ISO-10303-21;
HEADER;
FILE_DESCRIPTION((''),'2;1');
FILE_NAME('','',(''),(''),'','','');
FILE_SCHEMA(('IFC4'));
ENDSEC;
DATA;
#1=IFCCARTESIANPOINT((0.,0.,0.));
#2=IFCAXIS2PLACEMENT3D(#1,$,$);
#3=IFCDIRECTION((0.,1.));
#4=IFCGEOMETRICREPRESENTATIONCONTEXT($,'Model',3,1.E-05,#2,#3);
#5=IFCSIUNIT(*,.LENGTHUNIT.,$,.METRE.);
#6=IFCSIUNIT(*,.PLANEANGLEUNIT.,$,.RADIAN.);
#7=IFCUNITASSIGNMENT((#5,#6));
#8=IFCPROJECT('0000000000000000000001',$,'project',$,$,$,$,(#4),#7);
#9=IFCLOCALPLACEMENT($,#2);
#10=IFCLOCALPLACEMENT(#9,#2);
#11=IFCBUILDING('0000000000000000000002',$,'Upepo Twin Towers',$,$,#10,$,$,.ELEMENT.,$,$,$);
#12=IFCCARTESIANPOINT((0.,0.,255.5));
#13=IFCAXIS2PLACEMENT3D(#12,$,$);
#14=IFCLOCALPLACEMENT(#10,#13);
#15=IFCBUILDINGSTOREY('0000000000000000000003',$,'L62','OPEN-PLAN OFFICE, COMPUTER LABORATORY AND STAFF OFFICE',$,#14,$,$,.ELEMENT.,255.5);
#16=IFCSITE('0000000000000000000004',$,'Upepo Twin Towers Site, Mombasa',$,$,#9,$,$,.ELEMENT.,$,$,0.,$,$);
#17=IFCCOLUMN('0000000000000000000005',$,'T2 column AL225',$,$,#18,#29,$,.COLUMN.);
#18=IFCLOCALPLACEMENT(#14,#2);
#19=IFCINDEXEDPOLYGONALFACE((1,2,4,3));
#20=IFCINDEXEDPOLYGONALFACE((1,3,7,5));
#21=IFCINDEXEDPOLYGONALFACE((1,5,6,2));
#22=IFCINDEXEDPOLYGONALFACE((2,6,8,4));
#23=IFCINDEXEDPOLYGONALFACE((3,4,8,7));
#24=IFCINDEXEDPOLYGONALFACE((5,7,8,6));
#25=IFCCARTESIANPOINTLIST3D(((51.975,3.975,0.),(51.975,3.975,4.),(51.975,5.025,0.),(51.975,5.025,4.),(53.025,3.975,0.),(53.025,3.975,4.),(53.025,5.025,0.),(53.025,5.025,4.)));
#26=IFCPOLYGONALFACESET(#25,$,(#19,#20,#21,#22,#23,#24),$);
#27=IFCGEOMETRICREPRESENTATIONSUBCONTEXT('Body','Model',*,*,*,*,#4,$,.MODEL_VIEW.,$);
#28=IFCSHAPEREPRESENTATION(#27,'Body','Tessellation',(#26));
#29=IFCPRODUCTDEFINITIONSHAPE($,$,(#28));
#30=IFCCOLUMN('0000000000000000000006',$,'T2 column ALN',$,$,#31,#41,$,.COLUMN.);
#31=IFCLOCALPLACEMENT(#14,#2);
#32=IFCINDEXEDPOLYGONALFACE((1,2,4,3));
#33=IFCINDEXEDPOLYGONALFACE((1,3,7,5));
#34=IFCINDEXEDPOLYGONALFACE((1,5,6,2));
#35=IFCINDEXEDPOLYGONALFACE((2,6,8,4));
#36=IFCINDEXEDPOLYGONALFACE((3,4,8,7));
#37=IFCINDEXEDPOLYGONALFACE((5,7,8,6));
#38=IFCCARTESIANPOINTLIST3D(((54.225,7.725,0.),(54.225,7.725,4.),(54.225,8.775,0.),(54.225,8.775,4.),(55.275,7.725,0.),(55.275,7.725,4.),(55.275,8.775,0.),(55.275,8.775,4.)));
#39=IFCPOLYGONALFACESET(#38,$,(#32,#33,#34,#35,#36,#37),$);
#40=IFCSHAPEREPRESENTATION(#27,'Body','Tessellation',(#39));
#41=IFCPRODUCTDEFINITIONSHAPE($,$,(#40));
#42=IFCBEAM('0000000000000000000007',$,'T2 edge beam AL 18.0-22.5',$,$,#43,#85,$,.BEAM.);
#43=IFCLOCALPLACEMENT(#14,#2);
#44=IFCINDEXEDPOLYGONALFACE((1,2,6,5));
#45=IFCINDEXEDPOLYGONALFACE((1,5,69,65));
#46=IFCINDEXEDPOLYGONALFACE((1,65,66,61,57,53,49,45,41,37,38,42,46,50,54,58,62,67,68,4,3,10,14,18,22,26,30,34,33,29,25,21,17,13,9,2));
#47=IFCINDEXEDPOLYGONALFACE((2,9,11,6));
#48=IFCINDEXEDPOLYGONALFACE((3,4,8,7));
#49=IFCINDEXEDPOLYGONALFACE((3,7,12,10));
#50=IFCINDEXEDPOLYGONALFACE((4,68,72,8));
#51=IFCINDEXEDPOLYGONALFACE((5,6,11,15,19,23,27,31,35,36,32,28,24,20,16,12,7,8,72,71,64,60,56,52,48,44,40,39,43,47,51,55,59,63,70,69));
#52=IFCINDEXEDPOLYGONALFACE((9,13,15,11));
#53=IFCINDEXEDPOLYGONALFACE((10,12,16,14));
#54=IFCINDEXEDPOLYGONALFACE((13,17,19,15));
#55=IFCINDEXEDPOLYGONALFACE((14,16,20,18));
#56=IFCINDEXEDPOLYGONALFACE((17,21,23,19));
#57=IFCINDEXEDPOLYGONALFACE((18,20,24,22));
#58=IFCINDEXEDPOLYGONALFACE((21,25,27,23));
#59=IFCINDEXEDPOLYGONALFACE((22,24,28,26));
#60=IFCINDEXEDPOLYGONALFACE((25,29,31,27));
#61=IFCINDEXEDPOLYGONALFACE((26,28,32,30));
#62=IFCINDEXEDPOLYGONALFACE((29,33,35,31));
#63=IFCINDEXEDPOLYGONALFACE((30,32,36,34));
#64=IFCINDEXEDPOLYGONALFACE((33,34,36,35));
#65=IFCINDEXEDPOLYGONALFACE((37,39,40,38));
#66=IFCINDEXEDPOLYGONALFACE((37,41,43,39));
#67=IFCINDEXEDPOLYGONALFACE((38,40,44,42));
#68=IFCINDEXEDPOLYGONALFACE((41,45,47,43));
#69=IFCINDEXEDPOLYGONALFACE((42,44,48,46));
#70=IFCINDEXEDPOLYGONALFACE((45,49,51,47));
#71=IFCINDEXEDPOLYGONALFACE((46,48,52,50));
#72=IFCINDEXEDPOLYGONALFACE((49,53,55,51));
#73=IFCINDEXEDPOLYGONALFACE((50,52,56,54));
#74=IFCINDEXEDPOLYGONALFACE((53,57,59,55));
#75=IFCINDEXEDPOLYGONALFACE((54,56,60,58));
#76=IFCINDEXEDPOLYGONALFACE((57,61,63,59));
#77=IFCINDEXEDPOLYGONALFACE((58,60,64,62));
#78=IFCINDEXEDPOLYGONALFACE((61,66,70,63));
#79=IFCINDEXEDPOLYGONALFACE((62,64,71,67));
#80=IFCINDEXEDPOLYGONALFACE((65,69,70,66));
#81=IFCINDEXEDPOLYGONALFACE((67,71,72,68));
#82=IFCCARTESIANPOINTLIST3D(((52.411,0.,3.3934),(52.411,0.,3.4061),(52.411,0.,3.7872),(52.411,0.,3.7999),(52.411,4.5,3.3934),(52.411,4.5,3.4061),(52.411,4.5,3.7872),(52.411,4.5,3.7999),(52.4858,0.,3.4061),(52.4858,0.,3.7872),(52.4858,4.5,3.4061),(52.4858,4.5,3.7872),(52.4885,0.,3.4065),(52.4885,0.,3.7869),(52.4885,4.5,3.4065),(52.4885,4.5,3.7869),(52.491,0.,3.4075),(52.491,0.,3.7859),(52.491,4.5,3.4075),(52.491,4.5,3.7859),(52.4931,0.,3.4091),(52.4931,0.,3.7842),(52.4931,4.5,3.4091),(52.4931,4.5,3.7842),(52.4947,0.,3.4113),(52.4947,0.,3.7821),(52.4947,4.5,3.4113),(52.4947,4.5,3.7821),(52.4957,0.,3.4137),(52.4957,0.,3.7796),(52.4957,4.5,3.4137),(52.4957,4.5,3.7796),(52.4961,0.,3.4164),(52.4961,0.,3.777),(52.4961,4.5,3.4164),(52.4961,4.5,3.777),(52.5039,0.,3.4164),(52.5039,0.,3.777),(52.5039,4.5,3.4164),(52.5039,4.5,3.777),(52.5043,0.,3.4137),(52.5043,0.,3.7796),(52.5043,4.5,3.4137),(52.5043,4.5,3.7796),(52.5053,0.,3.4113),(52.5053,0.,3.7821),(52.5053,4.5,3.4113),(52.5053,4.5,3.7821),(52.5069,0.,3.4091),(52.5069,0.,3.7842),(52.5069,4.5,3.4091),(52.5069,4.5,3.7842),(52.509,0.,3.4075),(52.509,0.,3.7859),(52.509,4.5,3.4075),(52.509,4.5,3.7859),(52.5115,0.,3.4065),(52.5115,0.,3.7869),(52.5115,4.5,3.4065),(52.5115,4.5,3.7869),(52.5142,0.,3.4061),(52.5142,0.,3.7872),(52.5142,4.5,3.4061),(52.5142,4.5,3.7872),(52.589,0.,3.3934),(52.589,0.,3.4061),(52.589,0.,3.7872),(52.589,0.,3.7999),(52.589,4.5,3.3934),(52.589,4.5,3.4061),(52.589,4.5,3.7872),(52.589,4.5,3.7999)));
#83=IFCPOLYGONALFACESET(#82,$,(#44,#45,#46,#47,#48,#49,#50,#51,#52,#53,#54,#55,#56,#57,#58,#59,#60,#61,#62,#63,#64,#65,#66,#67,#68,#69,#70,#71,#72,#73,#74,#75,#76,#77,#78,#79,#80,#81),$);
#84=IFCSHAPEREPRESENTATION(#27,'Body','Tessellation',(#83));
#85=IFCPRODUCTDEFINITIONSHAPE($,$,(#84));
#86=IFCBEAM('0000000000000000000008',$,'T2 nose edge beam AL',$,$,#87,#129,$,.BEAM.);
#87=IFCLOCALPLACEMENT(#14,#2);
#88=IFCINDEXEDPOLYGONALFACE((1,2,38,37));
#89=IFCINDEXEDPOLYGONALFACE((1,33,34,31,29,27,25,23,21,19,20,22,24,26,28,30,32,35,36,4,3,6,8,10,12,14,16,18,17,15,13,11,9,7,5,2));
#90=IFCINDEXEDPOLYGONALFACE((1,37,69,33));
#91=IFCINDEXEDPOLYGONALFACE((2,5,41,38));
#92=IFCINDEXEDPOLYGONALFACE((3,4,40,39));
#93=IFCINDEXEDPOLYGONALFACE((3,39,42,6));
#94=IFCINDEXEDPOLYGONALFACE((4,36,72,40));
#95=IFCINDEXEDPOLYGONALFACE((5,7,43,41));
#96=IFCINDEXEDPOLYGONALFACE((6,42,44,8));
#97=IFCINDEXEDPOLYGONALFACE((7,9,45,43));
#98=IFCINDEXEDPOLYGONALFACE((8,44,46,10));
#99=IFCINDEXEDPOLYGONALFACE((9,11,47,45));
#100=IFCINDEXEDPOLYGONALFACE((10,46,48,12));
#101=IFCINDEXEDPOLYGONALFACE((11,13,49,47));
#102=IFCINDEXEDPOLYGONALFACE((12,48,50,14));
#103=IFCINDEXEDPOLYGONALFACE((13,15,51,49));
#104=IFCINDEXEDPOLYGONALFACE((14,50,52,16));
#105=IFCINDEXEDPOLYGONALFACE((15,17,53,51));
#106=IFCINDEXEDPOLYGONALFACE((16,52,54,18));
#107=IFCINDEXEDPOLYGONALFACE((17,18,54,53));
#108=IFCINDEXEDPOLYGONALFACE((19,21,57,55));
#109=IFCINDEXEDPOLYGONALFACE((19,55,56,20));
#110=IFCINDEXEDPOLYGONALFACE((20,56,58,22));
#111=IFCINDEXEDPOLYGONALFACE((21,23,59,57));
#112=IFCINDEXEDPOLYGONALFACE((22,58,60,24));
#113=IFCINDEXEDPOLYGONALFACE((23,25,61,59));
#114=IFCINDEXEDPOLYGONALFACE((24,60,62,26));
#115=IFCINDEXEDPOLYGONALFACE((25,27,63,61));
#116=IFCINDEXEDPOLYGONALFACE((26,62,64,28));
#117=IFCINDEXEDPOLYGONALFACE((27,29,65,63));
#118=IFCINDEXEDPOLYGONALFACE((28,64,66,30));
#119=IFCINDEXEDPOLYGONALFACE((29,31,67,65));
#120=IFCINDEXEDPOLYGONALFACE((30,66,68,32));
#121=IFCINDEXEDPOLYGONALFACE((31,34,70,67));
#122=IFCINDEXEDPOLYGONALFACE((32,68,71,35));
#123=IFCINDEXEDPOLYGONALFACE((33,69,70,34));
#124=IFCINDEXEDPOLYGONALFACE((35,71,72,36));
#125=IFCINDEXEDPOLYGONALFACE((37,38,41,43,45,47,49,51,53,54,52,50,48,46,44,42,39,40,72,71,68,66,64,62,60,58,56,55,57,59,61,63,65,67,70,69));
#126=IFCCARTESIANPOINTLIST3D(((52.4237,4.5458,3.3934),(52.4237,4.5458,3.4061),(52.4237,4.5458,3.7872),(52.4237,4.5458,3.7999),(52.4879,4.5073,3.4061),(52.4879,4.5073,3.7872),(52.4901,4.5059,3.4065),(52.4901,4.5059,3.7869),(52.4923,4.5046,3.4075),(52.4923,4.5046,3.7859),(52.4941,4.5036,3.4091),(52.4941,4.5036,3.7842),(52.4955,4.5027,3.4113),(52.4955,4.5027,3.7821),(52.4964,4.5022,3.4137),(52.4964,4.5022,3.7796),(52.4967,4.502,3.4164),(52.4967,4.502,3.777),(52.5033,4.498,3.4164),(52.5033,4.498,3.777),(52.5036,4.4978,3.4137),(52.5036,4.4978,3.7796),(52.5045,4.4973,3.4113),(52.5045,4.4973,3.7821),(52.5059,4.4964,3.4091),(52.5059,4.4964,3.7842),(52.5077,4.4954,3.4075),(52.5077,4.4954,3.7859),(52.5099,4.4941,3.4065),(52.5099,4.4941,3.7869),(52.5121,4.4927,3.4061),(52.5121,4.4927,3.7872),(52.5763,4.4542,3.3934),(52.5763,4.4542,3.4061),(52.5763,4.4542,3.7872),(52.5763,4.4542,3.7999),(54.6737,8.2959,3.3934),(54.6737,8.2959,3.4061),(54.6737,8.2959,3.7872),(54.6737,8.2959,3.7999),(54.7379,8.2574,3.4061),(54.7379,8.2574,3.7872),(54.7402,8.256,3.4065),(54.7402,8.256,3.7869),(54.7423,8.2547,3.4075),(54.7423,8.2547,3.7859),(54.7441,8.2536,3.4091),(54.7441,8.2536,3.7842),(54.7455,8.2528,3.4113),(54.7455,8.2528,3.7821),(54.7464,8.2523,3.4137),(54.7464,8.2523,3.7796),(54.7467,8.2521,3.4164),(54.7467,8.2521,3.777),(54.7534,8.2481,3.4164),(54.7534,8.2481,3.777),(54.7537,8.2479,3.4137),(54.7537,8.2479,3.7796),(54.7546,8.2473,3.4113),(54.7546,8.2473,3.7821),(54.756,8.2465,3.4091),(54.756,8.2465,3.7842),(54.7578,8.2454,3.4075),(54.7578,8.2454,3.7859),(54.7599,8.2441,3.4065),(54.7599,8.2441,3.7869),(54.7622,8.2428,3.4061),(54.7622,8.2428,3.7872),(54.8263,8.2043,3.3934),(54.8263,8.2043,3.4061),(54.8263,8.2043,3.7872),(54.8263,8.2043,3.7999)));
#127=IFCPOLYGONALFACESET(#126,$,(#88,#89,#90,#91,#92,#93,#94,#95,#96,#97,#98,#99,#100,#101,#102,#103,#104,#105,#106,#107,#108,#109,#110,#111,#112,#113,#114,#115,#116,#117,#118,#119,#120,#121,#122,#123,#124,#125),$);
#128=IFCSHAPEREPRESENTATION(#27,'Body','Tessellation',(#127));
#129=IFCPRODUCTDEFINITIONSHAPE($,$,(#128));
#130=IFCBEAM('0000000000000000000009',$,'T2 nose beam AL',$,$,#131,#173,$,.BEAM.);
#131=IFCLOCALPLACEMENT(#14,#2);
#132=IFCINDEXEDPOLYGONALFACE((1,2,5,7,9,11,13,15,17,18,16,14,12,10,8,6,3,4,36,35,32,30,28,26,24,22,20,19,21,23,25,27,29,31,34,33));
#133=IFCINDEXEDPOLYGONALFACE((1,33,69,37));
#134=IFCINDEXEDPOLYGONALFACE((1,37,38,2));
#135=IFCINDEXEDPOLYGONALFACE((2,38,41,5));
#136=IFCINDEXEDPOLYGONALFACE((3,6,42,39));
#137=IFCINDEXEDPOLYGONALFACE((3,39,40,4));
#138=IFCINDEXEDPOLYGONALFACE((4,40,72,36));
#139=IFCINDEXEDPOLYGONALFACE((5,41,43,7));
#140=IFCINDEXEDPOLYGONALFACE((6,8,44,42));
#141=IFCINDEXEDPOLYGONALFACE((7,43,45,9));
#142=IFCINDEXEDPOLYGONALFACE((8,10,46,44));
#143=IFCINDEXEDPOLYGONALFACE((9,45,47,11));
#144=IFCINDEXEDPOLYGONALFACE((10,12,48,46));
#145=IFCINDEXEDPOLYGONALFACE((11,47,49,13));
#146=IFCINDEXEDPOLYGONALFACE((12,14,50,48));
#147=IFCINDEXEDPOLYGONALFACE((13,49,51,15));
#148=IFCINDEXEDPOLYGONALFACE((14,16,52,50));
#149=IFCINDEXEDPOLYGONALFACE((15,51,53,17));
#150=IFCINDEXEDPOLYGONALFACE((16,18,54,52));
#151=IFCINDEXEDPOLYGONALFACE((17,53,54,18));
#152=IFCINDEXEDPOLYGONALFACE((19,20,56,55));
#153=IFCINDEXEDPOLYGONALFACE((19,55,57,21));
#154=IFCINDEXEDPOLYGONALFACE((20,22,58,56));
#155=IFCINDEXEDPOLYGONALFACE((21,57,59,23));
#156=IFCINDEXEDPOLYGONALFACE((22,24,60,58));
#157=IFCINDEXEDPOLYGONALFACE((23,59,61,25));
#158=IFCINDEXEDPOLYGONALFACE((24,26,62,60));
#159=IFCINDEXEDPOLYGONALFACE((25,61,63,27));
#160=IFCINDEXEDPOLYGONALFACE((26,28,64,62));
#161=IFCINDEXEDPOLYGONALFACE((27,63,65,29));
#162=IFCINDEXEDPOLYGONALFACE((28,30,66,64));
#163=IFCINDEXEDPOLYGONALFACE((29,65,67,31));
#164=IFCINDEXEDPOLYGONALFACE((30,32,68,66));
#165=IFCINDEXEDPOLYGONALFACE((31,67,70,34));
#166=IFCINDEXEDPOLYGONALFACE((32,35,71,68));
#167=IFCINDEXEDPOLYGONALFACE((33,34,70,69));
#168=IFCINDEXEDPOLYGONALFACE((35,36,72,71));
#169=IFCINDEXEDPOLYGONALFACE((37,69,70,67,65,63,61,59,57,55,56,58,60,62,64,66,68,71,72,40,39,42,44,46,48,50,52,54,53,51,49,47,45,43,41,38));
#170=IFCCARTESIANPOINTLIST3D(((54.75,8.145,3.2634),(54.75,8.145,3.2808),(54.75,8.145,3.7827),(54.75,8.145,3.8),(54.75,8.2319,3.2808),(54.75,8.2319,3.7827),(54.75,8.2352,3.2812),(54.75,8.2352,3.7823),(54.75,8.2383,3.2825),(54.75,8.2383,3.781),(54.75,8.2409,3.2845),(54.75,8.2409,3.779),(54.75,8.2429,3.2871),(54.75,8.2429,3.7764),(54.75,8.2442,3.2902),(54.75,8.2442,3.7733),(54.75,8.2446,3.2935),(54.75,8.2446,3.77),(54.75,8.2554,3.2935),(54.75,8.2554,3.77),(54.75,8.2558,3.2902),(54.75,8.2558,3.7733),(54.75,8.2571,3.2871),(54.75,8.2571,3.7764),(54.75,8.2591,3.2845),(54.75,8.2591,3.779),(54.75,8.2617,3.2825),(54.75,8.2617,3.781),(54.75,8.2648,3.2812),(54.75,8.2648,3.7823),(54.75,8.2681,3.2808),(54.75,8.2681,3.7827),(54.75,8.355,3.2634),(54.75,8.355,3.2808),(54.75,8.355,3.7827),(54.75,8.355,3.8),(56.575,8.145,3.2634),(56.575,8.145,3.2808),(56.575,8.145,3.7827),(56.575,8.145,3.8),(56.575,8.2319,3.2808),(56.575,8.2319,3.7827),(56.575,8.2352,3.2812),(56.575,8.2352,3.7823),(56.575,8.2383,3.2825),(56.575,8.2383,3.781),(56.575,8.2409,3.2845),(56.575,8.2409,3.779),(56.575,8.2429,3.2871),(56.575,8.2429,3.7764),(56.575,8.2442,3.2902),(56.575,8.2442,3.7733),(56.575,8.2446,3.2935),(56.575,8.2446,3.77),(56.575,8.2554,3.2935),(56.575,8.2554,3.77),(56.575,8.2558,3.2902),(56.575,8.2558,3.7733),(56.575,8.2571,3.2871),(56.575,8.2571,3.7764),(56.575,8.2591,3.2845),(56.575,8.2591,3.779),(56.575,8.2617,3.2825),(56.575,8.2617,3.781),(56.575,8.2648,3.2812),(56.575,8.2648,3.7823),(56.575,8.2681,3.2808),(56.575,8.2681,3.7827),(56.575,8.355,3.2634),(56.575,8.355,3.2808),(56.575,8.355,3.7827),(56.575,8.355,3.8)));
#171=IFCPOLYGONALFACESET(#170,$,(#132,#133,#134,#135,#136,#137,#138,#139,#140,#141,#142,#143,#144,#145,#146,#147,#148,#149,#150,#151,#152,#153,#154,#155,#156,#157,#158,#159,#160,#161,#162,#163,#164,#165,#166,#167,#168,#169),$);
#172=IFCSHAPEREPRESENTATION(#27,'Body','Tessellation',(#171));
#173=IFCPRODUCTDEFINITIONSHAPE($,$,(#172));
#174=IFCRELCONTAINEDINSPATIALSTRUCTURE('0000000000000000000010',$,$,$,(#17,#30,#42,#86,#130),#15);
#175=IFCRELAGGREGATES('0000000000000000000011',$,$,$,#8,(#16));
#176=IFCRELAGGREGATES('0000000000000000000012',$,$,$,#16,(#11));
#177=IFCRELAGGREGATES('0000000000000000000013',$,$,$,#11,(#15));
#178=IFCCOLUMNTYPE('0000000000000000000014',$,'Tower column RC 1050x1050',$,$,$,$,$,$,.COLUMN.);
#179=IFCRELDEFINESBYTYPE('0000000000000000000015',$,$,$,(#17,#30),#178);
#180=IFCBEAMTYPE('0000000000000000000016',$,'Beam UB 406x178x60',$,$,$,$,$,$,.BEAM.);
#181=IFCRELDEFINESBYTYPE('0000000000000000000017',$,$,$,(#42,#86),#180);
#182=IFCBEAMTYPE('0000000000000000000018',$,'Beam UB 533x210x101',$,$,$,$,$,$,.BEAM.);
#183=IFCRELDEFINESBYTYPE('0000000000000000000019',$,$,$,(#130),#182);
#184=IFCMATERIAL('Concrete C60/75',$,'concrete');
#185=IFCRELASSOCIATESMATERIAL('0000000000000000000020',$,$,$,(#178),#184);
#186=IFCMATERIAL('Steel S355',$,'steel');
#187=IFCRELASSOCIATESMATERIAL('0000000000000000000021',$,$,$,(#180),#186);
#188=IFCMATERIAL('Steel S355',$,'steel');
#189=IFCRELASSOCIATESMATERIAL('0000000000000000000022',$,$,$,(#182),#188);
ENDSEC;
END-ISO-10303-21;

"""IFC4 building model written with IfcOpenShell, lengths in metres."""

from ifc_helpers import new_model, si_unit, direction, frame, origin, origin_2d, place, context, subcontext, project, spatial, rectangle, i_section, extrude, material, material_profile, profile_set, type_object, element, save


model = new_model("IFC4")

# Units and contexts
model_context = context("Model", 3, precision=1e-05, world=origin(), true_north=direction((0.0, 1.0)))
body_context = subcontext(model_context, "Body", "Model", "MODEL_VIEW")
ifc_project = project(units=[si_unit("LENGTHUNIT", "METRE"), si_unit("PLANEANGLEUNIT", "RADIAN")], contexts=[model_context])

# Site, building, storey
site_placement = place(None, origin())
site = spatial("IfcSite", under=ifc_project, at=site_placement, Name="Upepo Twin Towers Site, Mombasa", CompositionType="ELEMENT", RefElevation=0.0)
building_placement = place(site_placement, origin())
building = spatial("IfcBuilding", under=site, at=building_placement, Name="Upepo Twin Towers", CompositionType="ELEMENT")
storey_placement = place(building_placement, frame((0.0, 0.0, 255.5)))
storey = spatial("IfcBuildingStorey", under=building, at=storey_placement, Name="L62", Description="OPEN-PLAN OFFICE, COMPUTER LABORATORY AND STAFF OFFICE", CompositionType="ELEMENT", Elevation=255.5)

# Columns
ifc_material_1 = material(Name="Concrete C60/75", Category="concrete")
ifc_material_profile_1 = material_profile(ifc_material_1, rectangle(XDim=1.05, YDim=1.05, at=origin_2d()), Name="RC 1050x1050")
ifc_profile_set_1 = profile_set([ifc_material_profile_1], Name="Concrete C60/75")
column_type = type_object("IfcColumnType", Name="Tower column RC 1050x1050", PredefinedType="COLUMN", material=ifc_profile_set_1)
for number, where, z_axis, x_axis, name in (
    (1, (52.5, 4.5, 0.0), (0.0, 0.0, 1.0), (1.0, 0.0, 0.0), "T2 column AL225"),
    (2, (54.75, 8.25, 0.0), (0.0, 0.0, 1.0), (1.0, 0.0, 0.0), "T2 column ALN"),
):
    element("IfcColumn", number, at=place(storey_placement, frame(where, z_axis=z_axis, x_axis=x_axis)), inside=storey, type_object=column_type, Name=name, PredefinedType="COLUMN", context=body_context, shape_type="SweptSolid", body=[
        extrude(rectangle(XDim=1.05, YDim=1.05, at=origin_2d()), origin(), (0.0, 0.0, 1.0), 4.0),
    ])

# Beams
ifc_material_2 = material(Name="Steel S355", Category="steel")
ifc_material_profile_2 = material_profile(ifc_material_2, i_section(OverallWidth=0.178, OverallDepth=0.4065, WebThickness=0.0078, FlangeThickness=0.0127, FilletRadius=0.0103, at=origin_2d()), Name="UB 406x178x60")
ifc_profile_set_2 = profile_set([ifc_material_profile_2], Name="Steel S355")
beam_type_1 = type_object("IfcBeamType", Name="Beam UB 406x178x60", PredefinedType="BEAM", material=ifc_profile_set_2)
beam_1_placement = place(storey_placement, frame((52.5, 0.0, 3.5967), z_axis=(0.0, 1.0, 0.0), x_axis=(-1.0, 0.0, 0.0)))
element("IfcBeam", 3, at=beam_1_placement, inside=storey, type_object=beam_type_1, Name="T2 edge beam AL 18.0-22.5", PredefinedType="BEAM", context=body_context, shape_type="SweptSolid", body=[
    extrude(i_section(OverallWidth=0.178, OverallDepth=0.4065, WebThickness=0.0078, FlangeThickness=0.0127, FilletRadius=0.0103, at=origin_2d()), origin(), (0.0, 0.0, 1.0), 4.5),
])
beam_2_placement = place(storey_placement, frame((52.5, 4.5, 3.5967), z_axis=(0.514496, 0.857493, 0.0), x_axis=(-0.857493, 0.514496, 0.0)))
element("IfcBeam", 4, at=beam_2_placement, inside=storey, type_object=beam_type_1, Name="T2 nose edge beam AL", PredefinedType="BEAM", context=body_context, shape_type="SweptSolid", body=[
    extrude(i_section(OverallWidth=0.178, OverallDepth=0.4065, WebThickness=0.0078, FlangeThickness=0.0127, FilletRadius=0.0103, at=origin_2d()), origin(), (0.0, 0.0, 1.0), 4.3733),
])
ifc_material_3 = material(Name="Steel S355", Category="steel")
ifc_material_profile_3 = material_profile(ifc_material_3, i_section(OverallWidth=0.21, OverallDepth=0.5366, WebThickness=0.0107, FlangeThickness=0.0173, FilletRadius=0.0127, at=origin_2d()), Name="UB 533x210x101")
ifc_profile_set_3 = profile_set([ifc_material_profile_3], Name="Steel S355")
beam_type_2 = type_object("IfcBeamType", Name="Beam UB 533x210x101", PredefinedType="BEAM", material=ifc_profile_set_3)
beam_3_placement = place(storey_placement, frame((54.75, 8.25, 3.5317), z_axis=(1.0, 0.0, 0.0), x_axis=(0.0, 1.0, 0.0)))
element("IfcBeam", 5, at=beam_3_placement, inside=storey, type_object=beam_type_2, Name="T2 nose beam AL", PredefinedType="BEAM", context=body_context, shape_type="SweptSolid", body=[
    extrude(i_section(OverallWidth=0.21, OverallDepth=0.5366, WebThickness=0.0107, FlangeThickness=0.0173, FilletRadius=0.0127, at=origin_2d()), origin(), (0.0, 0.0, 1.0), 1.825),
])

save(model, "model.ifc")
